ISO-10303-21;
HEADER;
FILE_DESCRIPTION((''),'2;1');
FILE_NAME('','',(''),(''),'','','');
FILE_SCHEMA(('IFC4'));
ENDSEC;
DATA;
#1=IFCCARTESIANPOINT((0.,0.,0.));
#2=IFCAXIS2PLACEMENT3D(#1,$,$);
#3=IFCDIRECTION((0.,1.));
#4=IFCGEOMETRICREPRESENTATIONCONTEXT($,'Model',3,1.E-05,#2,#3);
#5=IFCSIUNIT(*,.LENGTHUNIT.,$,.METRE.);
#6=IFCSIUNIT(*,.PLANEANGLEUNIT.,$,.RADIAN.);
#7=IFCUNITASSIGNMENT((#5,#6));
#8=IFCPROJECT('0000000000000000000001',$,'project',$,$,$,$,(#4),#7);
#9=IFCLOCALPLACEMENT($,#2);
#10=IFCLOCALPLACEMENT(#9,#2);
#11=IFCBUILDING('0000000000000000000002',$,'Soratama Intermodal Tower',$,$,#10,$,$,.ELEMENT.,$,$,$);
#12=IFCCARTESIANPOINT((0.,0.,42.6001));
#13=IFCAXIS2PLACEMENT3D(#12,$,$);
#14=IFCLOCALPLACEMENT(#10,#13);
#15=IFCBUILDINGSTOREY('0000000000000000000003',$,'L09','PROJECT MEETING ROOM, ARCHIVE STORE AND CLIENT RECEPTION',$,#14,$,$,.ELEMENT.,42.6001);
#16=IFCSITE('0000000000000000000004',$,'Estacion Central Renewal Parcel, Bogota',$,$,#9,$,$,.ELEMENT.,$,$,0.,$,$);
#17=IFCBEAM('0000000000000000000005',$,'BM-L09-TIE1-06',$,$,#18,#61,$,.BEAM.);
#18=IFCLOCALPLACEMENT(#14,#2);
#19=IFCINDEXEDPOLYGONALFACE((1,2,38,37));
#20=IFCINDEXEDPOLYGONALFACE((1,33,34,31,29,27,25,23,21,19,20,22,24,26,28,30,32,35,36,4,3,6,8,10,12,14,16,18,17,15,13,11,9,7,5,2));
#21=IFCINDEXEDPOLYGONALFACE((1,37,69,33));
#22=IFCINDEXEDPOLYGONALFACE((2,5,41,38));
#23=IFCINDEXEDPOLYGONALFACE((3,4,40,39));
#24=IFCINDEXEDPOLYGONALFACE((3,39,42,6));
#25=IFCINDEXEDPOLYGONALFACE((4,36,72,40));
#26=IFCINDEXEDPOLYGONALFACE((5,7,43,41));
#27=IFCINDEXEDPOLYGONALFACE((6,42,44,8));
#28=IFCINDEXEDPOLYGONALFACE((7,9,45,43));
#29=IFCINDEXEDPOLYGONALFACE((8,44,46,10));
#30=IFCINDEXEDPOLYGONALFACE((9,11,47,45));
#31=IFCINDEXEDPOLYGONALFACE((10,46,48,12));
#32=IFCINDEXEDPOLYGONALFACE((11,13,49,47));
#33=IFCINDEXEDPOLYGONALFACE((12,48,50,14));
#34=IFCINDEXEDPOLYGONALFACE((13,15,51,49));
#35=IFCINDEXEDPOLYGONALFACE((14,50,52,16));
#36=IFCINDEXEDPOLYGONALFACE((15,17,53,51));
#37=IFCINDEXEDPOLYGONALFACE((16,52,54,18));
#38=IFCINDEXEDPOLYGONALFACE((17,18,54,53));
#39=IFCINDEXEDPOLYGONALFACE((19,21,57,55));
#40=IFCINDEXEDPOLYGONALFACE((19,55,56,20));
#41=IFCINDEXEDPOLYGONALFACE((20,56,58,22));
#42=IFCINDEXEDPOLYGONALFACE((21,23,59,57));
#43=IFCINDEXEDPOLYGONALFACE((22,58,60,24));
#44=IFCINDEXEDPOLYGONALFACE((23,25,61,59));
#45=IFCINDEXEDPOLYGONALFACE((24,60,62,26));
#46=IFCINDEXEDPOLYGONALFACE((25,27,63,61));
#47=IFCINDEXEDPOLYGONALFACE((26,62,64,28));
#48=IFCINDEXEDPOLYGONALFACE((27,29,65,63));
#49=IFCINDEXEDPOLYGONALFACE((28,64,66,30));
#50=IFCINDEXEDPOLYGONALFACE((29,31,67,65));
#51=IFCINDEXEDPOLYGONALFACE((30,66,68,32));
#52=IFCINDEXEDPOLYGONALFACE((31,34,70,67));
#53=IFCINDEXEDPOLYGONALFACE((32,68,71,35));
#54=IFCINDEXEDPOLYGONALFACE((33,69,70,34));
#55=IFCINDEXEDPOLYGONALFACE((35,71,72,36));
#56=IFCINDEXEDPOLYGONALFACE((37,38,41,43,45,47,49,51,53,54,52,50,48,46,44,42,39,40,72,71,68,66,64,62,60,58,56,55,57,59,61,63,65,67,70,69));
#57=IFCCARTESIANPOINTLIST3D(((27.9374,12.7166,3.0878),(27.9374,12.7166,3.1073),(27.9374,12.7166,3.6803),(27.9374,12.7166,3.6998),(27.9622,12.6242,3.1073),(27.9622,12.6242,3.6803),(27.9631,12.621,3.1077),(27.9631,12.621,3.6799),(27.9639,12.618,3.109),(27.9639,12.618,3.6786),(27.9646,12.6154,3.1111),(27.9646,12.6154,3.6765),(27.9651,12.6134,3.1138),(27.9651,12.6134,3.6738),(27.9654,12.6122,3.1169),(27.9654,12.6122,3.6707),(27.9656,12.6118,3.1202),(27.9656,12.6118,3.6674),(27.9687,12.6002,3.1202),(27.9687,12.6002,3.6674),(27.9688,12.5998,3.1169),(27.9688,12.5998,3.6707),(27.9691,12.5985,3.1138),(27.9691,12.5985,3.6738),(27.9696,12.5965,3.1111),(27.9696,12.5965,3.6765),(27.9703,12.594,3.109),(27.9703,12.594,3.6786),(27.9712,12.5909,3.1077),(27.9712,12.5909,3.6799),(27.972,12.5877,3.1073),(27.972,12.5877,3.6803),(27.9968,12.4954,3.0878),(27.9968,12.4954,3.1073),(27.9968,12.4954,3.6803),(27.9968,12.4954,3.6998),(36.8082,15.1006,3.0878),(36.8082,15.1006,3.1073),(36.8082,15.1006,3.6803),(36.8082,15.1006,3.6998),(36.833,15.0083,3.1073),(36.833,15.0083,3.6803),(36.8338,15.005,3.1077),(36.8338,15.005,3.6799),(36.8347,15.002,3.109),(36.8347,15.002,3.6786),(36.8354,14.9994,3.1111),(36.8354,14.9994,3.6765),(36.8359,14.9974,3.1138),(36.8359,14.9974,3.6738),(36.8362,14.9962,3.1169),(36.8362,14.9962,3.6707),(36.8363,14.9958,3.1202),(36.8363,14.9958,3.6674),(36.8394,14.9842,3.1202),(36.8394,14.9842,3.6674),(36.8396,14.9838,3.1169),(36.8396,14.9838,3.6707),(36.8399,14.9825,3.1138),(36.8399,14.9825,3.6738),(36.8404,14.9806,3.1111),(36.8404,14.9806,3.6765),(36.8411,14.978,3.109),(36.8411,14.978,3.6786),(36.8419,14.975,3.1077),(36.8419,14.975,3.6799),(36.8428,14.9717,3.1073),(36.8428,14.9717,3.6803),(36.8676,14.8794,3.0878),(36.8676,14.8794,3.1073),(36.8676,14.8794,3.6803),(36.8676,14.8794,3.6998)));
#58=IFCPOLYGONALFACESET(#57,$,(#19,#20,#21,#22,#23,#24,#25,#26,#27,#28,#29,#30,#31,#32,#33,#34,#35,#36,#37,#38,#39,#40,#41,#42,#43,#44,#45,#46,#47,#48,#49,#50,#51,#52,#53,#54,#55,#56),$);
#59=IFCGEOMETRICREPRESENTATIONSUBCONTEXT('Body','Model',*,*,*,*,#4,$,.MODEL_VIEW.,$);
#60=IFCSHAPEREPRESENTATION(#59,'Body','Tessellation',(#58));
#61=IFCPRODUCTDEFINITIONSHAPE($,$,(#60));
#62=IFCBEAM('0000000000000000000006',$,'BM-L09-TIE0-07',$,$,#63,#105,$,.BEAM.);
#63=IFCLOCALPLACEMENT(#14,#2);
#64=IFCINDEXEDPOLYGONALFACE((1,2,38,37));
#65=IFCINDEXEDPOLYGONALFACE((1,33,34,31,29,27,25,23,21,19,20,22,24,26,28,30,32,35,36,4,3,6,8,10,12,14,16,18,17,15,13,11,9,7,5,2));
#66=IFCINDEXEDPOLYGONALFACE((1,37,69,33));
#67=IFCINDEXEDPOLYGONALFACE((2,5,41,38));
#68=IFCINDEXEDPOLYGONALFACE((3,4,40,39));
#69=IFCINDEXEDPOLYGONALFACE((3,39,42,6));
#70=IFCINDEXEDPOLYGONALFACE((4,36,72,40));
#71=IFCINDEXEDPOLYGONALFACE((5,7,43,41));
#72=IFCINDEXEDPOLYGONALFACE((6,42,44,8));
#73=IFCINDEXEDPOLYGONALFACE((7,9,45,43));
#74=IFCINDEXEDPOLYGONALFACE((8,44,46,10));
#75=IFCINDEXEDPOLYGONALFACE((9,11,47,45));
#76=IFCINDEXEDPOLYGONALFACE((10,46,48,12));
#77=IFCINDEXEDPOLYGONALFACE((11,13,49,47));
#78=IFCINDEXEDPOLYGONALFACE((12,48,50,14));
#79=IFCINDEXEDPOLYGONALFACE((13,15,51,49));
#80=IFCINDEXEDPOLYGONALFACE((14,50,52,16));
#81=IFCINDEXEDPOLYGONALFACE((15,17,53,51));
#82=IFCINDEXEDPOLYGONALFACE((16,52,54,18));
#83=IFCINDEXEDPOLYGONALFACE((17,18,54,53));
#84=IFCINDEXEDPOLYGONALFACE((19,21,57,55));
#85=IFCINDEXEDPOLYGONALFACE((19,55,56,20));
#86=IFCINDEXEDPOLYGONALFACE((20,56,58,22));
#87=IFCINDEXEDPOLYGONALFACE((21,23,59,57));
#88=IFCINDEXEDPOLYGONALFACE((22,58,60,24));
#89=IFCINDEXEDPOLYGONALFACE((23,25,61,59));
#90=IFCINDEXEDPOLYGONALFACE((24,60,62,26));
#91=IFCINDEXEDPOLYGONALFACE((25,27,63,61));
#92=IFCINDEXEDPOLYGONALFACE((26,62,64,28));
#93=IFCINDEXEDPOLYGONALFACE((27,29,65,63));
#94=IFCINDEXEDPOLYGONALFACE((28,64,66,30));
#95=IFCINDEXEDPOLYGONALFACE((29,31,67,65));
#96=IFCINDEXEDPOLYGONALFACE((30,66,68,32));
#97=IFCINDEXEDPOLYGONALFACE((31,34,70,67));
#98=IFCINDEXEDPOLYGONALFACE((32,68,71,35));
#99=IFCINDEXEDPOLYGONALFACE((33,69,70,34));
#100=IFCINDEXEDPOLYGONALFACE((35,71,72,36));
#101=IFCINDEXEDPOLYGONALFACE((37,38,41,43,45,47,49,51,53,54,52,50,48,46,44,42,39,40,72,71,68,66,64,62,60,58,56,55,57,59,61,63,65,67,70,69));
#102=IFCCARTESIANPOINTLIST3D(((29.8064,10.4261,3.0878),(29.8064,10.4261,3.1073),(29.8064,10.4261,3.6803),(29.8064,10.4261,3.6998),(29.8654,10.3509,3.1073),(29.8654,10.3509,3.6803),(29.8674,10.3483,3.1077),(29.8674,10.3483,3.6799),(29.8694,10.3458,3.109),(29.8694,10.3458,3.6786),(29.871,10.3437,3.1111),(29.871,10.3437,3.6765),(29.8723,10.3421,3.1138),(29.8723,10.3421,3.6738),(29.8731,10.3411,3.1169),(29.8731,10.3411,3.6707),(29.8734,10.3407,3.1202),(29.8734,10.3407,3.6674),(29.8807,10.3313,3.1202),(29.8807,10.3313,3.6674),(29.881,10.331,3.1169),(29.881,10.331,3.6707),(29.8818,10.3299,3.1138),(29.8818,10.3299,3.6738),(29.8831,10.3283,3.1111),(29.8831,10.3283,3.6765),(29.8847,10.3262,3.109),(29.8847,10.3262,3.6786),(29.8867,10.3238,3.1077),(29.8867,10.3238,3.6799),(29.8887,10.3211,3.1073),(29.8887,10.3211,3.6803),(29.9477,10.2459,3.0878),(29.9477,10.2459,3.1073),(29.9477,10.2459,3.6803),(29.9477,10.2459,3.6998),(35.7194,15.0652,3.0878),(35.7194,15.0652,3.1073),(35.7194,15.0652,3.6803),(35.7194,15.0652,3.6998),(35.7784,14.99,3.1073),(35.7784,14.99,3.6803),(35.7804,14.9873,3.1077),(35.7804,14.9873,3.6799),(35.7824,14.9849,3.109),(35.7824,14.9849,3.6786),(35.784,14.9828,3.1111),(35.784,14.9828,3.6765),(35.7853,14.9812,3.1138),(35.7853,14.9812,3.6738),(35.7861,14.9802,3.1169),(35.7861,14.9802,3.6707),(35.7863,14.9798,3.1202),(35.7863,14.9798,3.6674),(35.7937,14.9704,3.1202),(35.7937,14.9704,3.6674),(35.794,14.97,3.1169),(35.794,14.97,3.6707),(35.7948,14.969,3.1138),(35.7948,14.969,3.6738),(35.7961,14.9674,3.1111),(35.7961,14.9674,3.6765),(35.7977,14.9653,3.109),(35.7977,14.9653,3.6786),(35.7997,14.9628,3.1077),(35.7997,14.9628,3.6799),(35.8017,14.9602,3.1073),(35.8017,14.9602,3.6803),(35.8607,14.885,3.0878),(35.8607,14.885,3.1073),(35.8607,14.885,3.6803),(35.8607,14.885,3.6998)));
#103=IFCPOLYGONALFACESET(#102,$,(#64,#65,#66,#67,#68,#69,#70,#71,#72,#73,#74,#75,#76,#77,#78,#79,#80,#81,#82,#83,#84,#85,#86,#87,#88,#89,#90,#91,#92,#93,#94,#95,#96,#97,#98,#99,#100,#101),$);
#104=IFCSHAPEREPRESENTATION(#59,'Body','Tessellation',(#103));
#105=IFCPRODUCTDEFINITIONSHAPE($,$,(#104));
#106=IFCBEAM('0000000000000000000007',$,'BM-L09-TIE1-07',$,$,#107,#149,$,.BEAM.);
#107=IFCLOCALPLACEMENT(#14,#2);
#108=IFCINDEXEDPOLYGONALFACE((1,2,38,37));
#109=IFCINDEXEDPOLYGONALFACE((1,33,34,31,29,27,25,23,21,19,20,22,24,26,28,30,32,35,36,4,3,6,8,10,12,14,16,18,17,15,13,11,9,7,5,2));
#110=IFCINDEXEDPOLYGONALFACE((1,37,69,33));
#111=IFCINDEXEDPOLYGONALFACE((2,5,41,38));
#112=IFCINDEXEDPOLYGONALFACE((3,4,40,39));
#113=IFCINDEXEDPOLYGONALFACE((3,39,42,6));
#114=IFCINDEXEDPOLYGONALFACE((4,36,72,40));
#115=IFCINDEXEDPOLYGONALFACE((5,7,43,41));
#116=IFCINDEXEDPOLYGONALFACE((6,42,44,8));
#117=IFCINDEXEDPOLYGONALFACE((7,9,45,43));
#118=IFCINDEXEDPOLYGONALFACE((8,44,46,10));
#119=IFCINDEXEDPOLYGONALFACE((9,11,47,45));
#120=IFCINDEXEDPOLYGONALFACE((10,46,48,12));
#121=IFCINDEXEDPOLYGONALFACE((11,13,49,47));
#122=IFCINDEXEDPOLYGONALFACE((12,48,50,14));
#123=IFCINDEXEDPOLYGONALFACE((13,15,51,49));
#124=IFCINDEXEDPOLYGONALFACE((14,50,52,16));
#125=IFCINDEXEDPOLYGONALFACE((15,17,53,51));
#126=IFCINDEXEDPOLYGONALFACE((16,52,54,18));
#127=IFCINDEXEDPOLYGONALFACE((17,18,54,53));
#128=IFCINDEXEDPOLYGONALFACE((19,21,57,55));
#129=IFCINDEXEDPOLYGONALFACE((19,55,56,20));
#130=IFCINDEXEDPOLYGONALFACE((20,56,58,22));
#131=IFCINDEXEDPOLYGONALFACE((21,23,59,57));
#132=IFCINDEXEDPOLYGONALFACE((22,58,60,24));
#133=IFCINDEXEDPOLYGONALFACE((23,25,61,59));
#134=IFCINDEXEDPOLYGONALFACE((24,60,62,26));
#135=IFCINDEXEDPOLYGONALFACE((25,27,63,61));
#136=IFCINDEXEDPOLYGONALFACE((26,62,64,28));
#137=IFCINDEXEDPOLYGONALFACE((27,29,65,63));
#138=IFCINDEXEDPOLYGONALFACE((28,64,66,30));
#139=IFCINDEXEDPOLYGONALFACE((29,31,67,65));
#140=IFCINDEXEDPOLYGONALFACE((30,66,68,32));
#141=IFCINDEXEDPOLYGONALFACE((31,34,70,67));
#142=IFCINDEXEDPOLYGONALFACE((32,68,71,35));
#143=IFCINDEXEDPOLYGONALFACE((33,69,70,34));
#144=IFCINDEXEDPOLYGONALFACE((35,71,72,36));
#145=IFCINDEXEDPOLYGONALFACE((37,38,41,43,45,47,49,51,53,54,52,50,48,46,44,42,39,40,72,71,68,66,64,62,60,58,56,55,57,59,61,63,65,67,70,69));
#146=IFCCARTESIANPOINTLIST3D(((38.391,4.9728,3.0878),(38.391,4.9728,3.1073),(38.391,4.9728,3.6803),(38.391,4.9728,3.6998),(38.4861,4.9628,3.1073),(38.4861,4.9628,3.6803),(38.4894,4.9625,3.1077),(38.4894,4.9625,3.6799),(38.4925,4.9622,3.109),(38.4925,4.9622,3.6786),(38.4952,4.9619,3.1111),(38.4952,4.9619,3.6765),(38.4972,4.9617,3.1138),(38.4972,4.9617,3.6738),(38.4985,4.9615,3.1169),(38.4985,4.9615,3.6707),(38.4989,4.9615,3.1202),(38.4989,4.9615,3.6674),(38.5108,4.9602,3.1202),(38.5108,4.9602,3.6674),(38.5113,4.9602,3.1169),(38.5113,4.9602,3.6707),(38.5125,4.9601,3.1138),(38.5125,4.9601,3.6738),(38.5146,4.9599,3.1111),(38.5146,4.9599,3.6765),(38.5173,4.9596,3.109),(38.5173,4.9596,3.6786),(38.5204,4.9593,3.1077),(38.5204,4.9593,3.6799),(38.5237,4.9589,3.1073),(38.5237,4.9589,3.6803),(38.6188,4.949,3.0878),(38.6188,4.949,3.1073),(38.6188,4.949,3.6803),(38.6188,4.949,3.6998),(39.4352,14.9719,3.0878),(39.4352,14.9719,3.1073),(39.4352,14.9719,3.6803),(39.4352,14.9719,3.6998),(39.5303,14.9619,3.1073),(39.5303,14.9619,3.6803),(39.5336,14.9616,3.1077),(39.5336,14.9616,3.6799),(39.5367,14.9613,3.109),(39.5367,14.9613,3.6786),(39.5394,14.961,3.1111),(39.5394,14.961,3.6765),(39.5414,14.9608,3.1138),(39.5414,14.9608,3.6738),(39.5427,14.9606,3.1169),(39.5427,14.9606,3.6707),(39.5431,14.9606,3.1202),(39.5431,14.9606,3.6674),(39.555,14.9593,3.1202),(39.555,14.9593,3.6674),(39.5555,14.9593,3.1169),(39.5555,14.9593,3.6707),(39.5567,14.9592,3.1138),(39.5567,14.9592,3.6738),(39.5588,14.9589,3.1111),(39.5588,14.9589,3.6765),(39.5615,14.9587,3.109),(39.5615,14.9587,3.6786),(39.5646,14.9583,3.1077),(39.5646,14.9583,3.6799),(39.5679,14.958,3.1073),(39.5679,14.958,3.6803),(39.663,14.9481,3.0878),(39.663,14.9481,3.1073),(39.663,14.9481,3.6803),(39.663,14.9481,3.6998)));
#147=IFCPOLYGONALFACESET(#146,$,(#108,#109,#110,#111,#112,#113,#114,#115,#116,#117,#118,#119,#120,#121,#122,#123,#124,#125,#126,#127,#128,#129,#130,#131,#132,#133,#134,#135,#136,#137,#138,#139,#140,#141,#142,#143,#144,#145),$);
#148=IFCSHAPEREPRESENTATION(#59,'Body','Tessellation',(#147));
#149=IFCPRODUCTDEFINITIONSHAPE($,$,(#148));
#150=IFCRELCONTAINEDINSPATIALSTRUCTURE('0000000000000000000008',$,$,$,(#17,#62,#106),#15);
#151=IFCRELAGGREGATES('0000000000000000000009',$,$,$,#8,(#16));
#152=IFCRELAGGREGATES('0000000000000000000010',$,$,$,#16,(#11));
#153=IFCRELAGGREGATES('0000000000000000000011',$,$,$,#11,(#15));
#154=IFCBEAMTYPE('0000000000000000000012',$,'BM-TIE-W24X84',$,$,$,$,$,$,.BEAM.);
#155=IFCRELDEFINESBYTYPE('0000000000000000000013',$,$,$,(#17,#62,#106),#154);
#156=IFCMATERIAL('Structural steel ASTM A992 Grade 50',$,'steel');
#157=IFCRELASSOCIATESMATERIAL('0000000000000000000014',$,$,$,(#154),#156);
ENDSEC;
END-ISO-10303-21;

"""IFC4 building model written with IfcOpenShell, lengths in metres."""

from ifc_helpers import new_model, si_unit, direction, frame, origin, origin_2d, place, context, subcontext, project, spatial, i_section, extrude, material, material_profile, profile_set, type_object, element, save


model = new_model("IFC4")

# Units and contexts
model_context = context("Model", 3, precision=1e-05, world=origin(), true_north=direction((0.0, 1.0)))
body_context = subcontext(model_context, "Body", "Model", "MODEL_VIEW")
ifc_project = project(units=[si_unit("LENGTHUNIT", "METRE"), si_unit("PLANEANGLEUNIT", "RADIAN")], contexts=[model_context])

# Site, building, storey
site_placement = place(None, origin())
site = spatial("IfcSite", under=ifc_project, at=site_placement, Name="Estacion Central Renewal Parcel, Bogota", CompositionType="ELEMENT", RefElevation=0.0)
building_placement = place(site_placement, origin())
building = spatial("IfcBuilding", under=site, at=building_placement, Name="Soratama Intermodal Tower", CompositionType="ELEMENT")
storey_placement = place(building_placement, frame((0.0, 0.0, 42.6001)))
storey = spatial("IfcBuildingStorey", under=building, at=storey_placement, Name="L09", Description="PROJECT MEETING ROOM, ARCHIVE STORE AND CLIENT RECEPTION", CompositionType="ELEMENT", Elevation=42.6001)

# Beams
ifc_material_1 = material(Name="Structural steel ASTM A992 Grade 50", Category="steel")
ifc_material_profile_1 = material_profile(ifc_material_1, i_section(OverallWidth=0.229, OverallDepth=0.6121, WebThickness=0.012, FlangeThickness=0.0195, FilletRadius=0.0129, at=origin_2d()), Name="W24X84")
ifc_profile_set_1 = profile_set([ifc_material_profile_1], Name="Structural steel ASTM A992 Grade 50")
beam_type_1 = type_object("IfcBeamType", Name="BM-TIE-W24X84", PredefinedType="BEAM", material=ifc_profile_set_1)
beam_1_placement = place(storey_placement, frame((36.8379, 14.99, 3.3938), z_axis=(-0.965732, -0.25954, 0.0), x_axis=(0.25954, -0.965732, 0.0)))
element("IfcBeam", 1, at=beam_1_placement, inside=storey, type_object=beam_type_1, Name="BM-L09-TIE1-06", PredefinedType="BEAM", context=body_context, shape_type="SweptSolid", body=[
    extrude(i_section(OverallWidth=0.229, OverallDepth=0.6121, WebThickness=0.012, FlangeThickness=0.0195, FilletRadius=0.0129, at=origin_2d()), origin(), (0.0, 0.0, 1.0), 9.1855),
])
beam_2_placement = place(storey_placement, frame((35.79, 14.9751, 3.3938), z_axis=(-0.78676, -0.617259, 0.0), x_axis=(0.617259, -0.78676, 0.0)))
element("IfcBeam", 2, at=beam_2_placement, inside=storey, type_object=beam_type_1, Name="BM-L09-TIE0-07", PredefinedType="BEAM", context=body_context, shape_type="SweptSolid", body=[
    extrude(i_section(OverallWidth=0.229, OverallDepth=0.6121, WebThickness=0.012, FlangeThickness=0.0195, FilletRadius=0.0129, at=origin_2d()), origin(), (0.0, 0.0, 1.0), 7.5156),
])
beam_3_placement = place(storey_placement, frame((39.5491, 14.96, 3.3938), z_axis=(-0.103864, -0.994591, 0.0), x_axis=(0.994591, -0.103864, 0.0)))
element("IfcBeam", 3, at=beam_3_placement, inside=storey, type_object=beam_type_1, Name="BM-L09-TIE1-07", PredefinedType="BEAM", context=body_context, shape_type="SweptSolid", body=[
    extrude(i_section(OverallWidth=0.229, OverallDepth=0.6121, WebThickness=0.012, FlangeThickness=0.0195, FilletRadius=0.0129, at=origin_2d()), origin(), (0.0, 0.0, 1.0), 10.0535),
])

save(model, "model.ifc")
